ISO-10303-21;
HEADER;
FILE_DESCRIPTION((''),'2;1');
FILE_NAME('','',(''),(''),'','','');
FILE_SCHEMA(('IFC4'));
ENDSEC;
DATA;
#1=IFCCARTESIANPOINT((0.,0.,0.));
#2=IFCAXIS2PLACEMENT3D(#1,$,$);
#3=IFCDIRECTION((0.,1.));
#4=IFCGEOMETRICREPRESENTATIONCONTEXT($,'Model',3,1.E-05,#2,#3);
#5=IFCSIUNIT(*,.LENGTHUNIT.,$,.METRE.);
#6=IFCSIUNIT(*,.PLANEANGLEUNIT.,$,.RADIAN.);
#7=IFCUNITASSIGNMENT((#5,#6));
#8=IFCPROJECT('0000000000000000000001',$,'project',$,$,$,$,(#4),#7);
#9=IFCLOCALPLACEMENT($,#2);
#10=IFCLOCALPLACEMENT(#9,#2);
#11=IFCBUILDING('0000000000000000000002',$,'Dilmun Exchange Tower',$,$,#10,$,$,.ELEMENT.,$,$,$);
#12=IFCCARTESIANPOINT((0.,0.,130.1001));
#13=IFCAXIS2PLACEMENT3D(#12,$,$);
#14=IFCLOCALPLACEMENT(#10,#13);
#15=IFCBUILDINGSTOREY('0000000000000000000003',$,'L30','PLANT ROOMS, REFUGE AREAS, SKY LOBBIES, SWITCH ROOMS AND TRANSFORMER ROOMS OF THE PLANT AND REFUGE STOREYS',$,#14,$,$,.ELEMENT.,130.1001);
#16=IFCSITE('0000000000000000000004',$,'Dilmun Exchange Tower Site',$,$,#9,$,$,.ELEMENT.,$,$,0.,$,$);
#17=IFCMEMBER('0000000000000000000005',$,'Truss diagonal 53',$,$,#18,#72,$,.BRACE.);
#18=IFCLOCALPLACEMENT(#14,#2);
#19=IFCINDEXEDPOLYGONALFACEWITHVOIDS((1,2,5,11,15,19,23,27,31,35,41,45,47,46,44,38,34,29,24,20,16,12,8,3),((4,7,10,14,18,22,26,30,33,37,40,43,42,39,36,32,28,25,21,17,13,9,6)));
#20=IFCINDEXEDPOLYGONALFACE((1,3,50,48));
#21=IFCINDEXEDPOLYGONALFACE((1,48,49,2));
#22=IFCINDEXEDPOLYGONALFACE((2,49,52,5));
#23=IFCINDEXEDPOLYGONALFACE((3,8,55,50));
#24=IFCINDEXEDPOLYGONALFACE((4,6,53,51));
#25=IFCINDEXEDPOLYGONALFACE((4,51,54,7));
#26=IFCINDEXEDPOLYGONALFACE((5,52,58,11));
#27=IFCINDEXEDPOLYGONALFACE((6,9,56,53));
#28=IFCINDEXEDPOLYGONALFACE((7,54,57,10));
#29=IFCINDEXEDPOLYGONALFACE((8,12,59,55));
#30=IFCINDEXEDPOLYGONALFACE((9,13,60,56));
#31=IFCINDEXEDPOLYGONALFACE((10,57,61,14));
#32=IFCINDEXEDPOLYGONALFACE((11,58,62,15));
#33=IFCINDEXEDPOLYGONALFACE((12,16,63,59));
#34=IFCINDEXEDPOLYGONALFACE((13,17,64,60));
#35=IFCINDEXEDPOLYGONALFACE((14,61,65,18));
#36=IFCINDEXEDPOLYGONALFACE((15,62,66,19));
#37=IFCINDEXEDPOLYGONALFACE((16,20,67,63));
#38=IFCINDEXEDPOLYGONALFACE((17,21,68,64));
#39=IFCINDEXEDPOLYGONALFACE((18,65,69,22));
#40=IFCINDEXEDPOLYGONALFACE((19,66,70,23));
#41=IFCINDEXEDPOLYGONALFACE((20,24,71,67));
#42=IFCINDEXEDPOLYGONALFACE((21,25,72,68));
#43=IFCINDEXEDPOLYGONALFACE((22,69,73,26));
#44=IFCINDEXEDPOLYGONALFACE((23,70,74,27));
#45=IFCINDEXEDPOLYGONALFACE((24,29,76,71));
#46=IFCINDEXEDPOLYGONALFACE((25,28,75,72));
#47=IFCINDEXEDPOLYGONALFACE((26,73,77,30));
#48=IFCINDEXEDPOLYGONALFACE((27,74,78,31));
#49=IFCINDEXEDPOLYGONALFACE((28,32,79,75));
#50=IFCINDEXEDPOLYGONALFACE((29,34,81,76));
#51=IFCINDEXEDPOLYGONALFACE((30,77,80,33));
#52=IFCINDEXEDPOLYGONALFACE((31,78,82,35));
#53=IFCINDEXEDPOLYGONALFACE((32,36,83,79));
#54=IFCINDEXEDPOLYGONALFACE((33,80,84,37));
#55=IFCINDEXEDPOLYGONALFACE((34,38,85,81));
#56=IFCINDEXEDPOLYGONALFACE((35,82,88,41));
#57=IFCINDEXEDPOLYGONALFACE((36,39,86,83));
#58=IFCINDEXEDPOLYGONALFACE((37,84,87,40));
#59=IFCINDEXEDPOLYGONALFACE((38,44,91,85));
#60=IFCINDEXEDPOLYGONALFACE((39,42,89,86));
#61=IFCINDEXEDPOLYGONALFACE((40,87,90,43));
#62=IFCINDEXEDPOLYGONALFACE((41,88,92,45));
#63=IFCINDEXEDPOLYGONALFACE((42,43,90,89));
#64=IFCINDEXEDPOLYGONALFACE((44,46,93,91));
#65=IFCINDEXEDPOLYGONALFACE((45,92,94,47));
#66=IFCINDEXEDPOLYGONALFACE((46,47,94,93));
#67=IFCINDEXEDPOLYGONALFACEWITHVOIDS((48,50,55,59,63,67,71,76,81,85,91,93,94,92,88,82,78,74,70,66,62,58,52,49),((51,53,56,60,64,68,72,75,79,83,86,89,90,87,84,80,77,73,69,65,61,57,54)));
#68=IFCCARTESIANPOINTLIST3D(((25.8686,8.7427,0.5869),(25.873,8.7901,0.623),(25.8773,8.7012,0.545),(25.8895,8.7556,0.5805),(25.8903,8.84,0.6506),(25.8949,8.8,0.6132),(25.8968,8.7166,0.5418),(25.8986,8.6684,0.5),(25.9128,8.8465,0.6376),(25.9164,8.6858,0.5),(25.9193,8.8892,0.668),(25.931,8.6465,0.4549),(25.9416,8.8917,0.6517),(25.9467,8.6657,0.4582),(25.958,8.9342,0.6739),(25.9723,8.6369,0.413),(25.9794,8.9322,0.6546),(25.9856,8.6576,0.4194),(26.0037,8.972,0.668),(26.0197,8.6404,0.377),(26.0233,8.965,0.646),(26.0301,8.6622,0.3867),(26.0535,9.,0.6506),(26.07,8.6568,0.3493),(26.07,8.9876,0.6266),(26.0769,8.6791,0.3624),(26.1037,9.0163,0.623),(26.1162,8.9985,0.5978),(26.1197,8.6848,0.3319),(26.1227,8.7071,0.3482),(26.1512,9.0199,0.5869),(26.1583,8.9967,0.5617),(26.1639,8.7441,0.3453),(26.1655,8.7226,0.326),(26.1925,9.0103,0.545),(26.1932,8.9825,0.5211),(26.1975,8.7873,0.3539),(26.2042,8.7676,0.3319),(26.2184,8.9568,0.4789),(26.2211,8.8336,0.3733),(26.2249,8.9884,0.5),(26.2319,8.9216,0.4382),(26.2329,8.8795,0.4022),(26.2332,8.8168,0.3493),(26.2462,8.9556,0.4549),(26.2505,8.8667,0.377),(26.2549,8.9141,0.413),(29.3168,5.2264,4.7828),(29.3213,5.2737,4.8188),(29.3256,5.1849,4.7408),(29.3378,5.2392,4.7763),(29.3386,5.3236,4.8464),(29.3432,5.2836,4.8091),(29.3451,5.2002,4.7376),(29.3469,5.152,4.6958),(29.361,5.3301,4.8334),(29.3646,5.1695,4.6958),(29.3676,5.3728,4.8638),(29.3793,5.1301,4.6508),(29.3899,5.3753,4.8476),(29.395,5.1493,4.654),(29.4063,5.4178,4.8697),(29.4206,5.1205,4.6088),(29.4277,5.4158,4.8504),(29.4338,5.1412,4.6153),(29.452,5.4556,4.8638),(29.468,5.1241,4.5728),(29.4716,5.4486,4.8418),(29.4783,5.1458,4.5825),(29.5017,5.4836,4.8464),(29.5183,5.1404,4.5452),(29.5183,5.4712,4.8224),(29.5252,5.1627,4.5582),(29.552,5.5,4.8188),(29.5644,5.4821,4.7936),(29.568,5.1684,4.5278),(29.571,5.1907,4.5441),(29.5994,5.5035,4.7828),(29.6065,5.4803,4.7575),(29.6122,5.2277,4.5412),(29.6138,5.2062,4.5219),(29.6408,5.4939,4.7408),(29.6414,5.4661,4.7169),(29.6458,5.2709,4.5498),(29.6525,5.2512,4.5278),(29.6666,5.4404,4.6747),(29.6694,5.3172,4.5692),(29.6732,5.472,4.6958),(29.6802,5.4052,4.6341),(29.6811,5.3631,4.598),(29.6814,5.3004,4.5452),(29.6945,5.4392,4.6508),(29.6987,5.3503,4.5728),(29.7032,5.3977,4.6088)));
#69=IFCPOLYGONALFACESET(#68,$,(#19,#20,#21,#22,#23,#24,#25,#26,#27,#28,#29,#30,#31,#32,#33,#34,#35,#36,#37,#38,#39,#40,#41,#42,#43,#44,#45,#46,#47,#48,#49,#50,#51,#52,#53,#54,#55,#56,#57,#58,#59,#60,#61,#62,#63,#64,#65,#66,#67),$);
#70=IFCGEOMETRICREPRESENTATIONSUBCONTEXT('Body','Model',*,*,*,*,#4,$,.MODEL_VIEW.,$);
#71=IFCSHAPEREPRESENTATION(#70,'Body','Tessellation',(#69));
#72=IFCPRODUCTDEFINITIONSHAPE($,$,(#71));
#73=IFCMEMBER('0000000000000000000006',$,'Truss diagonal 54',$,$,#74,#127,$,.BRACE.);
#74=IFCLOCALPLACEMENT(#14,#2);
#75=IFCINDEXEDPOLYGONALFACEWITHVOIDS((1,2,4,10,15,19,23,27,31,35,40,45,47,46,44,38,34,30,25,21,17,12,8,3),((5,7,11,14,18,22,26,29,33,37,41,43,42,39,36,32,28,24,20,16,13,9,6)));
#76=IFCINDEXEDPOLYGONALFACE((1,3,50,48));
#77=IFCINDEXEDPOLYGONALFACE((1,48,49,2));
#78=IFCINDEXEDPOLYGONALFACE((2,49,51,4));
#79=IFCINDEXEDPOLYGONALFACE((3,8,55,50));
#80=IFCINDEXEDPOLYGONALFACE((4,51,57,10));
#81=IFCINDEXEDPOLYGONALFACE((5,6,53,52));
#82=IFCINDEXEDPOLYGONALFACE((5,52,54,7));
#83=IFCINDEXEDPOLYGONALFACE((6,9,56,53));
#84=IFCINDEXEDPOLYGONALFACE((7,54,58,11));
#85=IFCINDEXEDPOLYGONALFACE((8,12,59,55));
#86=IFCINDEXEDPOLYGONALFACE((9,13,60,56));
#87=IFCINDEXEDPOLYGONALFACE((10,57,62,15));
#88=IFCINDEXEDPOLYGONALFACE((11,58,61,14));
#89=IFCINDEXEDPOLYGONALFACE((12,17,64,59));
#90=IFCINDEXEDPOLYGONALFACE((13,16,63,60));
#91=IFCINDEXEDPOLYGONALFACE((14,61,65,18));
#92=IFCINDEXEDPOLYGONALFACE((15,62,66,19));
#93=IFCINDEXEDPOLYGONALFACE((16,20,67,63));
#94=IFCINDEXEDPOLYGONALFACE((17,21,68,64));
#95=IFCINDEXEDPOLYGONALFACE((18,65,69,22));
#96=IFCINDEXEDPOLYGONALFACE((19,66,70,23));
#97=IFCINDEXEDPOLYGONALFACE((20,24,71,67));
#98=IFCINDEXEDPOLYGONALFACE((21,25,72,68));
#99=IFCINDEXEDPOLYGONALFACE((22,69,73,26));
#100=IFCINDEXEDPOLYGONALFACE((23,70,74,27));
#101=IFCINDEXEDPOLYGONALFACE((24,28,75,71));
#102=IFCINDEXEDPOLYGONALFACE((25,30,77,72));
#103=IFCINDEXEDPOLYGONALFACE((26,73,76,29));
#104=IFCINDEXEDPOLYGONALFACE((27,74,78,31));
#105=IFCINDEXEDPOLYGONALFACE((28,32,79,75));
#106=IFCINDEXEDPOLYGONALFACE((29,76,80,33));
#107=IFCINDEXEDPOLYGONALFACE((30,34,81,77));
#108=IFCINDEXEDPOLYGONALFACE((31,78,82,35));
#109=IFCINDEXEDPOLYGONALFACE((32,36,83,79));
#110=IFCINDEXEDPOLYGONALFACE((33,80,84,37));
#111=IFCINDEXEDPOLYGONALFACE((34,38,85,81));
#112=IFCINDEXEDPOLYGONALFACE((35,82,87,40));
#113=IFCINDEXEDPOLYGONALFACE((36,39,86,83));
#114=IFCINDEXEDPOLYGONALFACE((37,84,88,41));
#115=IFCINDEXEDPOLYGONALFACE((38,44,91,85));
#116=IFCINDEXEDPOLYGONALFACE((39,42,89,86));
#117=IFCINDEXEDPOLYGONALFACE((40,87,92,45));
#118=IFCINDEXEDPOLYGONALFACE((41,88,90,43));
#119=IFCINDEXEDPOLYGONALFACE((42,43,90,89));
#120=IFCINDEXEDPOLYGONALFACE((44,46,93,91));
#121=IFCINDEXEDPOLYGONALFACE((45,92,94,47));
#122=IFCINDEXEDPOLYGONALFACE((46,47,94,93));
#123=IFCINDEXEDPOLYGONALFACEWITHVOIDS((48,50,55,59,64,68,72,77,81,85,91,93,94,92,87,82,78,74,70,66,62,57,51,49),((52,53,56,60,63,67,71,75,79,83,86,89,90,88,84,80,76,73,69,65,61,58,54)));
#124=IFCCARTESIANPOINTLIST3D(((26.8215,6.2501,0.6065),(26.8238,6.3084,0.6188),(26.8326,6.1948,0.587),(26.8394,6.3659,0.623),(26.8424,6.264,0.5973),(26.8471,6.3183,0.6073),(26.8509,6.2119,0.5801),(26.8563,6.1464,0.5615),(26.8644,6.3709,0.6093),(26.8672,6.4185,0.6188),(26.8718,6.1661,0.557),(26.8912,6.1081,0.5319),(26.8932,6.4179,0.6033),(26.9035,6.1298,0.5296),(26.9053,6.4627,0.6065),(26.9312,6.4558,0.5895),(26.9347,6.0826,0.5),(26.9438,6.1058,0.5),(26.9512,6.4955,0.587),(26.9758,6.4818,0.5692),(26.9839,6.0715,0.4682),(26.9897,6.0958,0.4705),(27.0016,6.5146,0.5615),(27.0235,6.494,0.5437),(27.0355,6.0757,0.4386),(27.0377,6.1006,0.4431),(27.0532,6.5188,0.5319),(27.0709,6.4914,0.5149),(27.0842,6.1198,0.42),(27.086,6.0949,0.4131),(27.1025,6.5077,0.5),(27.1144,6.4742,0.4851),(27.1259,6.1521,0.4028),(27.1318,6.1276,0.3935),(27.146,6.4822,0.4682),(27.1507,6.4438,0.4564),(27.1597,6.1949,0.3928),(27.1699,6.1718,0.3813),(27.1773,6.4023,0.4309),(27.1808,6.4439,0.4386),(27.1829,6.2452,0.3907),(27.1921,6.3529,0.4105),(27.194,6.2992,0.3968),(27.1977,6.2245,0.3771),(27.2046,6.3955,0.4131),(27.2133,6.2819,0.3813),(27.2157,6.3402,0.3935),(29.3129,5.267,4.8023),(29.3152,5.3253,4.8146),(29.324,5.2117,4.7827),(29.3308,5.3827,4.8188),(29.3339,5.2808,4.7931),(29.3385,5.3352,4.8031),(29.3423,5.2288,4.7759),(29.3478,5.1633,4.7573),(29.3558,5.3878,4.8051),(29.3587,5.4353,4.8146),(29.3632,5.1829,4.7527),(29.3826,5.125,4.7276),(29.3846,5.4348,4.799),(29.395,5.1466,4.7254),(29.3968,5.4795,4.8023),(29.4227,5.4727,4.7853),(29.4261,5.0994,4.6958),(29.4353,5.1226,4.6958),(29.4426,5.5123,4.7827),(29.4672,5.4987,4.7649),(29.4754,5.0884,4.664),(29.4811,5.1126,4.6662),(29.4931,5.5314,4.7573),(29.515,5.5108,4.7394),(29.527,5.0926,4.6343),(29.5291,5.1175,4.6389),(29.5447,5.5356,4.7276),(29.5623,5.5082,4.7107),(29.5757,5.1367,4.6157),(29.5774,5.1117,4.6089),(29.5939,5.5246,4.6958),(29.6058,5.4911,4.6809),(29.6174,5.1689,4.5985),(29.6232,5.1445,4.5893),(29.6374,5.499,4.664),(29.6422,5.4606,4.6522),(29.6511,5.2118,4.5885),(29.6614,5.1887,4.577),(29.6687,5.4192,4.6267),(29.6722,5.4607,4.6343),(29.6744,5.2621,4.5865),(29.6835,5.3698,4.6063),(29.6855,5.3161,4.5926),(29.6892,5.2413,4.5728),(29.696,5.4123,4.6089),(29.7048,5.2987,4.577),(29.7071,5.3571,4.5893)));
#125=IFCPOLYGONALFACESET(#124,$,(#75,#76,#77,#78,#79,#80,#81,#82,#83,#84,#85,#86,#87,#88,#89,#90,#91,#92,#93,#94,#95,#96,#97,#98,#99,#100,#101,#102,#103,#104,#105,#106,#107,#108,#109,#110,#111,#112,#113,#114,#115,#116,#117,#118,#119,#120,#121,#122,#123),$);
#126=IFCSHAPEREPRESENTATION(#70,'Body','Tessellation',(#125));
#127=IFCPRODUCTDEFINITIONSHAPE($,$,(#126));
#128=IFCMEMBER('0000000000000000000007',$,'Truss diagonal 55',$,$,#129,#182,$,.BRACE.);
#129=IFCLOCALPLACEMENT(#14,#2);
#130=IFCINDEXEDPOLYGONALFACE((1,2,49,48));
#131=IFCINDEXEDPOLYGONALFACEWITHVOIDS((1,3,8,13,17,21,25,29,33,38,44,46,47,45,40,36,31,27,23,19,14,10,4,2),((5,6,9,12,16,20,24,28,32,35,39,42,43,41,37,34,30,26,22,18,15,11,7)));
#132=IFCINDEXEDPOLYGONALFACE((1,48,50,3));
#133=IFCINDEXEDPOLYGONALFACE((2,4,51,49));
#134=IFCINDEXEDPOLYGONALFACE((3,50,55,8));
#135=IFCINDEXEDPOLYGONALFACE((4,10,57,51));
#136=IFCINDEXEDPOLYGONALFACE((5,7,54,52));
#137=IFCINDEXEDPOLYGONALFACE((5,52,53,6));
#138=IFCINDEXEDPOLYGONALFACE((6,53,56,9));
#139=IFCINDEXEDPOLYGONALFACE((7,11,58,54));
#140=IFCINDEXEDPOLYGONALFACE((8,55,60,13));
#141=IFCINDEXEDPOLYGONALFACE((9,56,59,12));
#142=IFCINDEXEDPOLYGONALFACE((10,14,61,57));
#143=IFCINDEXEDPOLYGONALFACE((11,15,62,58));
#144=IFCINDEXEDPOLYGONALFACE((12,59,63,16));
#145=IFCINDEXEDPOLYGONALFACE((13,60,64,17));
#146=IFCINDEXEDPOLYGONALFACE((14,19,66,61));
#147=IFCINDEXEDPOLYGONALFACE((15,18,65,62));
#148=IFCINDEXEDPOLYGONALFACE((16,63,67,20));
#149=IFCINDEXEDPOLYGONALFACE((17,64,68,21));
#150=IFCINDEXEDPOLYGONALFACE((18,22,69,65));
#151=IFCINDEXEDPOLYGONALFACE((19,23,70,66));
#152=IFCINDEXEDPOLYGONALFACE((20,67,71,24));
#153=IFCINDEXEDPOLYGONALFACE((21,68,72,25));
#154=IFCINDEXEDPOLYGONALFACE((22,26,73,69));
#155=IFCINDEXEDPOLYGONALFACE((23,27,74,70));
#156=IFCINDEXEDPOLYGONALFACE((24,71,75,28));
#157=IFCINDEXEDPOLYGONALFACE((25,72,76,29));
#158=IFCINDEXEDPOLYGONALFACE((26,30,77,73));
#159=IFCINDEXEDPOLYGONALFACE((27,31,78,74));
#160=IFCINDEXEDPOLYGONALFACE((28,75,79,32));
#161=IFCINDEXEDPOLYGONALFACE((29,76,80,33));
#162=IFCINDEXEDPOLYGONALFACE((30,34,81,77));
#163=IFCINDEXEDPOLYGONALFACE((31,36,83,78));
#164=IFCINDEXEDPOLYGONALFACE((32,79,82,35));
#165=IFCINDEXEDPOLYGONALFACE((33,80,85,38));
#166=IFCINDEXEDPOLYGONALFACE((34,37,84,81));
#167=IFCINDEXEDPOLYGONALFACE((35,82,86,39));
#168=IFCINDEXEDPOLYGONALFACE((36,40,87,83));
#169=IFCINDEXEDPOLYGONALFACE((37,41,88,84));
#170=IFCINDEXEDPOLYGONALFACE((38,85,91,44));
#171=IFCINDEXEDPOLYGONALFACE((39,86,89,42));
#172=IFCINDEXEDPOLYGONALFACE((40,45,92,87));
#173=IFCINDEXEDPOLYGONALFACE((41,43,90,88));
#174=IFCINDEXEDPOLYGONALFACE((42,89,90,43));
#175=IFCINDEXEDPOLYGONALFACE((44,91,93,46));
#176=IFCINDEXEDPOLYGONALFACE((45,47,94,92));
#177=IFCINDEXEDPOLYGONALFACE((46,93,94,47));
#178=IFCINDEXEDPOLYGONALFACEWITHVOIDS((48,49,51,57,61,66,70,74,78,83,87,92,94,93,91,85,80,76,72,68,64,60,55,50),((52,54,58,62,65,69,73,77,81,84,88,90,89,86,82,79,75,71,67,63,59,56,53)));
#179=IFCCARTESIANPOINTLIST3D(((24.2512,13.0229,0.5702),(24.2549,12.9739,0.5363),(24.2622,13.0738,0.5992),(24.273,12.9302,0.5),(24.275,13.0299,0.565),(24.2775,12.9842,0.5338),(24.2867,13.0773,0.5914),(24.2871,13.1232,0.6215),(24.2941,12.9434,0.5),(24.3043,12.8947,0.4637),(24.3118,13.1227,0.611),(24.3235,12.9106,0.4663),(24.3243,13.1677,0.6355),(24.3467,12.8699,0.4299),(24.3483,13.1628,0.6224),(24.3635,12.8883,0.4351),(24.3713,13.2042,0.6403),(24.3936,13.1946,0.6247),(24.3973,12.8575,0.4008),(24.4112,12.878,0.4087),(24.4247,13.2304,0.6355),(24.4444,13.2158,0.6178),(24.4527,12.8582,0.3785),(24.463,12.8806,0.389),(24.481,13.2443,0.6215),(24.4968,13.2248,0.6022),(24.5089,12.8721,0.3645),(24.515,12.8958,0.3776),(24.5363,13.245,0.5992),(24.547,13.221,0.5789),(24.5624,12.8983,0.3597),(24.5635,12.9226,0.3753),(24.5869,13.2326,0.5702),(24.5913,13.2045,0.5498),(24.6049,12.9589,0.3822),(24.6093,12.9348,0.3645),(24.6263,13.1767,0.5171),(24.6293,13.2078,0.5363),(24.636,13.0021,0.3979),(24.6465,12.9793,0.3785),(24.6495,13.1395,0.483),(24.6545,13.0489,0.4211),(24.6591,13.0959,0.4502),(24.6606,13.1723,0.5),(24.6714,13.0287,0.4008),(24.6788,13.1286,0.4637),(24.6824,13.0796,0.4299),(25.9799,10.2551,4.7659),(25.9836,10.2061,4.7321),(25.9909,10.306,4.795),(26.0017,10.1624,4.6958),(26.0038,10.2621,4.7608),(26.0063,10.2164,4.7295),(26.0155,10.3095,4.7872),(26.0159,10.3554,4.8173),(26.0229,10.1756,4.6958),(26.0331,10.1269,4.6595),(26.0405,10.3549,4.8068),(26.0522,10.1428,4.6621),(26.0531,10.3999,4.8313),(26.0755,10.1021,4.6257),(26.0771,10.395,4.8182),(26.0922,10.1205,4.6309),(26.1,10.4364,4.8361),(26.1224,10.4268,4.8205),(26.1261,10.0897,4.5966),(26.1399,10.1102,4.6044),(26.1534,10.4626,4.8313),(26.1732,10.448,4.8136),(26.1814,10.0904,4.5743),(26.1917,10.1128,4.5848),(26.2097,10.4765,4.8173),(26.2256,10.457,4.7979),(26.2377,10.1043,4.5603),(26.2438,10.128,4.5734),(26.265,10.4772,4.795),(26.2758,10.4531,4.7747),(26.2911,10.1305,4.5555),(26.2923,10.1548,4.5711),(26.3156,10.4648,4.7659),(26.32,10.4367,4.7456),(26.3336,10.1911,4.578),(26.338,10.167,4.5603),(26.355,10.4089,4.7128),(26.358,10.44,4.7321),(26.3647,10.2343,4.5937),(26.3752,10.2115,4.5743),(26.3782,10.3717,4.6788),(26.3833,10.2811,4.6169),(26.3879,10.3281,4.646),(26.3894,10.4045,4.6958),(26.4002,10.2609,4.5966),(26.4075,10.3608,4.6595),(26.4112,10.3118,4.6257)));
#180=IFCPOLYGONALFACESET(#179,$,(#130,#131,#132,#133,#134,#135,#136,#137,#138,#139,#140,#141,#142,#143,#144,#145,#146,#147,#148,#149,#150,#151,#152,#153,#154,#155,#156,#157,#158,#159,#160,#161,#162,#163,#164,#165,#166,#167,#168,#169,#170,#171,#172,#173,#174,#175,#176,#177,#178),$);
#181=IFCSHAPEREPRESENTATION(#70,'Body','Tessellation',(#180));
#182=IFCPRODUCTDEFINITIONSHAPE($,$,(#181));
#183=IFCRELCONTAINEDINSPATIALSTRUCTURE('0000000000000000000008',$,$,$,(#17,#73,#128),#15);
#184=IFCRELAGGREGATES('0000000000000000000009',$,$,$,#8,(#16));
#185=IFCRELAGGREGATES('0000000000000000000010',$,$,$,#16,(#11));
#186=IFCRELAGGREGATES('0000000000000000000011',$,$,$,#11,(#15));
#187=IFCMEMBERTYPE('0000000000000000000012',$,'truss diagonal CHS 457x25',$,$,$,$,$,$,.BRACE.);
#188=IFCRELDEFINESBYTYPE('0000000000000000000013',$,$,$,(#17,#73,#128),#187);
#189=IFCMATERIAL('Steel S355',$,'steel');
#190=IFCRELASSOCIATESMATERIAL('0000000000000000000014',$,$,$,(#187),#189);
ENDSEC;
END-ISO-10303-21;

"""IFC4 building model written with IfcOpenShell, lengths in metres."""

from ifc_helpers import new_model, si_unit, direction, frame, origin, origin_2d, place, context, subcontext, project, spatial, hollow_circle, extrude, material, material_profile, profile_set, type_object, element, save


model = new_model("IFC4")

# Units and contexts
model_context = context("Model", 3, precision=1e-05, world=origin(), true_north=direction((0.0, 1.0)))
body_context = subcontext(model_context, "Body", "Model", "MODEL_VIEW")
ifc_project = project(units=[si_unit("LENGTHUNIT", "METRE"), si_unit("PLANEANGLEUNIT", "RADIAN")], contexts=[model_context])

# Site, building, storey
site_placement = place(None, origin())
site = spatial("IfcSite", under=ifc_project, at=site_placement, Name="Dilmun Exchange Tower Site", CompositionType="ELEMENT", RefElevation=0.0)
building_placement = place(site_placement, origin())
building = spatial("IfcBuilding", under=site, at=building_placement, Name="Dilmun Exchange Tower", CompositionType="ELEMENT")
storey_placement = place(building_placement, frame((0.0, 0.0, 130.1001)))
storey = spatial("IfcBuildingStorey", under=building, at=storey_placement, Name="L30", Description="PLANT ROOMS, REFUGE AREAS, SKY LOBBIES, SWITCH ROOMS AND TRANSFORMER ROOMS OF THE PLANT AND REFUGE STOREYS", CompositionType="ELEMENT", Elevation=130.1001)

# Shared definitions
ifc_material_1 = material(Name="Steel S355", Category="steel")

# Members
ifc_material_profile_1 = material_profile(ifc_material_1, hollow_circle(Radius=0.2285, WallThickness=0.0249, at=origin_2d()), Name="CHS 457x25")
ifc_profile_set_1 = profile_set([ifc_material_profile_1], Name="Steel S355")
member_type = type_object("IfcMemberType", Name="truss diagonal CHS 457x25", PredefinedType="BRACE", material=ifc_profile_set_1)
member_1_placement = place(storey_placement, frame((29.51, 5.312, 4.6958), z_axis=(-0.532965, 0.543493, -0.648509), x_axis=(-0.713988, -0.700158, 0.0)))
element("IfcMember", 1, at=member_1_placement, inside=storey, type_object=member_type, Name="Truss diagonal 53", PredefinedType="BRACE", context=body_context, shape_type="SweptSolid", body=[
    extrude(hollow_circle(Radius=0.2285, WallThickness=0.0249, at=origin_2d()), origin(), (0.0, 0.0, 1.0), 6.47),
])
member_2_placement = place(storey_placement, frame((29.51, 5.312, 4.6958), z_axis=(-0.500511, 0.197507, -0.842899), x_axis=(-0.367065, -0.930195, 0.0)))
element("IfcMember", 2, at=member_2_placement, inside=storey, type_object=member_type, Name="Truss diagonal 54", PredefinedType="BRACE", context=body_context, shape_type="SweptSolid", body=[
    extrude(hollow_circle(Radius=0.2285, WallThickness=0.0249, at=origin_2d()), origin(), (0.0, 0.0, 1.0), 4.9778),
])
member_3_placement = place(storey_placement, frame((26.1956, 10.2834, 4.6958), z_axis=(-0.325232, 0.520711, -0.789357), x_axis=(-0.848154, -0.52975, 0.0)))
element("IfcMember", 3, at=member_3_placement, inside=storey, type_object=member_type, Name="Truss diagonal 55", PredefinedType="BRACE", context=body_context, shape_type="SweptSolid", body=[
    extrude(hollow_circle(Radius=0.2285, WallThickness=0.0249, at=origin_2d()), origin(), (0.0, 0.0, 1.0), 5.3154),
])

save(model, "model.ifc")
